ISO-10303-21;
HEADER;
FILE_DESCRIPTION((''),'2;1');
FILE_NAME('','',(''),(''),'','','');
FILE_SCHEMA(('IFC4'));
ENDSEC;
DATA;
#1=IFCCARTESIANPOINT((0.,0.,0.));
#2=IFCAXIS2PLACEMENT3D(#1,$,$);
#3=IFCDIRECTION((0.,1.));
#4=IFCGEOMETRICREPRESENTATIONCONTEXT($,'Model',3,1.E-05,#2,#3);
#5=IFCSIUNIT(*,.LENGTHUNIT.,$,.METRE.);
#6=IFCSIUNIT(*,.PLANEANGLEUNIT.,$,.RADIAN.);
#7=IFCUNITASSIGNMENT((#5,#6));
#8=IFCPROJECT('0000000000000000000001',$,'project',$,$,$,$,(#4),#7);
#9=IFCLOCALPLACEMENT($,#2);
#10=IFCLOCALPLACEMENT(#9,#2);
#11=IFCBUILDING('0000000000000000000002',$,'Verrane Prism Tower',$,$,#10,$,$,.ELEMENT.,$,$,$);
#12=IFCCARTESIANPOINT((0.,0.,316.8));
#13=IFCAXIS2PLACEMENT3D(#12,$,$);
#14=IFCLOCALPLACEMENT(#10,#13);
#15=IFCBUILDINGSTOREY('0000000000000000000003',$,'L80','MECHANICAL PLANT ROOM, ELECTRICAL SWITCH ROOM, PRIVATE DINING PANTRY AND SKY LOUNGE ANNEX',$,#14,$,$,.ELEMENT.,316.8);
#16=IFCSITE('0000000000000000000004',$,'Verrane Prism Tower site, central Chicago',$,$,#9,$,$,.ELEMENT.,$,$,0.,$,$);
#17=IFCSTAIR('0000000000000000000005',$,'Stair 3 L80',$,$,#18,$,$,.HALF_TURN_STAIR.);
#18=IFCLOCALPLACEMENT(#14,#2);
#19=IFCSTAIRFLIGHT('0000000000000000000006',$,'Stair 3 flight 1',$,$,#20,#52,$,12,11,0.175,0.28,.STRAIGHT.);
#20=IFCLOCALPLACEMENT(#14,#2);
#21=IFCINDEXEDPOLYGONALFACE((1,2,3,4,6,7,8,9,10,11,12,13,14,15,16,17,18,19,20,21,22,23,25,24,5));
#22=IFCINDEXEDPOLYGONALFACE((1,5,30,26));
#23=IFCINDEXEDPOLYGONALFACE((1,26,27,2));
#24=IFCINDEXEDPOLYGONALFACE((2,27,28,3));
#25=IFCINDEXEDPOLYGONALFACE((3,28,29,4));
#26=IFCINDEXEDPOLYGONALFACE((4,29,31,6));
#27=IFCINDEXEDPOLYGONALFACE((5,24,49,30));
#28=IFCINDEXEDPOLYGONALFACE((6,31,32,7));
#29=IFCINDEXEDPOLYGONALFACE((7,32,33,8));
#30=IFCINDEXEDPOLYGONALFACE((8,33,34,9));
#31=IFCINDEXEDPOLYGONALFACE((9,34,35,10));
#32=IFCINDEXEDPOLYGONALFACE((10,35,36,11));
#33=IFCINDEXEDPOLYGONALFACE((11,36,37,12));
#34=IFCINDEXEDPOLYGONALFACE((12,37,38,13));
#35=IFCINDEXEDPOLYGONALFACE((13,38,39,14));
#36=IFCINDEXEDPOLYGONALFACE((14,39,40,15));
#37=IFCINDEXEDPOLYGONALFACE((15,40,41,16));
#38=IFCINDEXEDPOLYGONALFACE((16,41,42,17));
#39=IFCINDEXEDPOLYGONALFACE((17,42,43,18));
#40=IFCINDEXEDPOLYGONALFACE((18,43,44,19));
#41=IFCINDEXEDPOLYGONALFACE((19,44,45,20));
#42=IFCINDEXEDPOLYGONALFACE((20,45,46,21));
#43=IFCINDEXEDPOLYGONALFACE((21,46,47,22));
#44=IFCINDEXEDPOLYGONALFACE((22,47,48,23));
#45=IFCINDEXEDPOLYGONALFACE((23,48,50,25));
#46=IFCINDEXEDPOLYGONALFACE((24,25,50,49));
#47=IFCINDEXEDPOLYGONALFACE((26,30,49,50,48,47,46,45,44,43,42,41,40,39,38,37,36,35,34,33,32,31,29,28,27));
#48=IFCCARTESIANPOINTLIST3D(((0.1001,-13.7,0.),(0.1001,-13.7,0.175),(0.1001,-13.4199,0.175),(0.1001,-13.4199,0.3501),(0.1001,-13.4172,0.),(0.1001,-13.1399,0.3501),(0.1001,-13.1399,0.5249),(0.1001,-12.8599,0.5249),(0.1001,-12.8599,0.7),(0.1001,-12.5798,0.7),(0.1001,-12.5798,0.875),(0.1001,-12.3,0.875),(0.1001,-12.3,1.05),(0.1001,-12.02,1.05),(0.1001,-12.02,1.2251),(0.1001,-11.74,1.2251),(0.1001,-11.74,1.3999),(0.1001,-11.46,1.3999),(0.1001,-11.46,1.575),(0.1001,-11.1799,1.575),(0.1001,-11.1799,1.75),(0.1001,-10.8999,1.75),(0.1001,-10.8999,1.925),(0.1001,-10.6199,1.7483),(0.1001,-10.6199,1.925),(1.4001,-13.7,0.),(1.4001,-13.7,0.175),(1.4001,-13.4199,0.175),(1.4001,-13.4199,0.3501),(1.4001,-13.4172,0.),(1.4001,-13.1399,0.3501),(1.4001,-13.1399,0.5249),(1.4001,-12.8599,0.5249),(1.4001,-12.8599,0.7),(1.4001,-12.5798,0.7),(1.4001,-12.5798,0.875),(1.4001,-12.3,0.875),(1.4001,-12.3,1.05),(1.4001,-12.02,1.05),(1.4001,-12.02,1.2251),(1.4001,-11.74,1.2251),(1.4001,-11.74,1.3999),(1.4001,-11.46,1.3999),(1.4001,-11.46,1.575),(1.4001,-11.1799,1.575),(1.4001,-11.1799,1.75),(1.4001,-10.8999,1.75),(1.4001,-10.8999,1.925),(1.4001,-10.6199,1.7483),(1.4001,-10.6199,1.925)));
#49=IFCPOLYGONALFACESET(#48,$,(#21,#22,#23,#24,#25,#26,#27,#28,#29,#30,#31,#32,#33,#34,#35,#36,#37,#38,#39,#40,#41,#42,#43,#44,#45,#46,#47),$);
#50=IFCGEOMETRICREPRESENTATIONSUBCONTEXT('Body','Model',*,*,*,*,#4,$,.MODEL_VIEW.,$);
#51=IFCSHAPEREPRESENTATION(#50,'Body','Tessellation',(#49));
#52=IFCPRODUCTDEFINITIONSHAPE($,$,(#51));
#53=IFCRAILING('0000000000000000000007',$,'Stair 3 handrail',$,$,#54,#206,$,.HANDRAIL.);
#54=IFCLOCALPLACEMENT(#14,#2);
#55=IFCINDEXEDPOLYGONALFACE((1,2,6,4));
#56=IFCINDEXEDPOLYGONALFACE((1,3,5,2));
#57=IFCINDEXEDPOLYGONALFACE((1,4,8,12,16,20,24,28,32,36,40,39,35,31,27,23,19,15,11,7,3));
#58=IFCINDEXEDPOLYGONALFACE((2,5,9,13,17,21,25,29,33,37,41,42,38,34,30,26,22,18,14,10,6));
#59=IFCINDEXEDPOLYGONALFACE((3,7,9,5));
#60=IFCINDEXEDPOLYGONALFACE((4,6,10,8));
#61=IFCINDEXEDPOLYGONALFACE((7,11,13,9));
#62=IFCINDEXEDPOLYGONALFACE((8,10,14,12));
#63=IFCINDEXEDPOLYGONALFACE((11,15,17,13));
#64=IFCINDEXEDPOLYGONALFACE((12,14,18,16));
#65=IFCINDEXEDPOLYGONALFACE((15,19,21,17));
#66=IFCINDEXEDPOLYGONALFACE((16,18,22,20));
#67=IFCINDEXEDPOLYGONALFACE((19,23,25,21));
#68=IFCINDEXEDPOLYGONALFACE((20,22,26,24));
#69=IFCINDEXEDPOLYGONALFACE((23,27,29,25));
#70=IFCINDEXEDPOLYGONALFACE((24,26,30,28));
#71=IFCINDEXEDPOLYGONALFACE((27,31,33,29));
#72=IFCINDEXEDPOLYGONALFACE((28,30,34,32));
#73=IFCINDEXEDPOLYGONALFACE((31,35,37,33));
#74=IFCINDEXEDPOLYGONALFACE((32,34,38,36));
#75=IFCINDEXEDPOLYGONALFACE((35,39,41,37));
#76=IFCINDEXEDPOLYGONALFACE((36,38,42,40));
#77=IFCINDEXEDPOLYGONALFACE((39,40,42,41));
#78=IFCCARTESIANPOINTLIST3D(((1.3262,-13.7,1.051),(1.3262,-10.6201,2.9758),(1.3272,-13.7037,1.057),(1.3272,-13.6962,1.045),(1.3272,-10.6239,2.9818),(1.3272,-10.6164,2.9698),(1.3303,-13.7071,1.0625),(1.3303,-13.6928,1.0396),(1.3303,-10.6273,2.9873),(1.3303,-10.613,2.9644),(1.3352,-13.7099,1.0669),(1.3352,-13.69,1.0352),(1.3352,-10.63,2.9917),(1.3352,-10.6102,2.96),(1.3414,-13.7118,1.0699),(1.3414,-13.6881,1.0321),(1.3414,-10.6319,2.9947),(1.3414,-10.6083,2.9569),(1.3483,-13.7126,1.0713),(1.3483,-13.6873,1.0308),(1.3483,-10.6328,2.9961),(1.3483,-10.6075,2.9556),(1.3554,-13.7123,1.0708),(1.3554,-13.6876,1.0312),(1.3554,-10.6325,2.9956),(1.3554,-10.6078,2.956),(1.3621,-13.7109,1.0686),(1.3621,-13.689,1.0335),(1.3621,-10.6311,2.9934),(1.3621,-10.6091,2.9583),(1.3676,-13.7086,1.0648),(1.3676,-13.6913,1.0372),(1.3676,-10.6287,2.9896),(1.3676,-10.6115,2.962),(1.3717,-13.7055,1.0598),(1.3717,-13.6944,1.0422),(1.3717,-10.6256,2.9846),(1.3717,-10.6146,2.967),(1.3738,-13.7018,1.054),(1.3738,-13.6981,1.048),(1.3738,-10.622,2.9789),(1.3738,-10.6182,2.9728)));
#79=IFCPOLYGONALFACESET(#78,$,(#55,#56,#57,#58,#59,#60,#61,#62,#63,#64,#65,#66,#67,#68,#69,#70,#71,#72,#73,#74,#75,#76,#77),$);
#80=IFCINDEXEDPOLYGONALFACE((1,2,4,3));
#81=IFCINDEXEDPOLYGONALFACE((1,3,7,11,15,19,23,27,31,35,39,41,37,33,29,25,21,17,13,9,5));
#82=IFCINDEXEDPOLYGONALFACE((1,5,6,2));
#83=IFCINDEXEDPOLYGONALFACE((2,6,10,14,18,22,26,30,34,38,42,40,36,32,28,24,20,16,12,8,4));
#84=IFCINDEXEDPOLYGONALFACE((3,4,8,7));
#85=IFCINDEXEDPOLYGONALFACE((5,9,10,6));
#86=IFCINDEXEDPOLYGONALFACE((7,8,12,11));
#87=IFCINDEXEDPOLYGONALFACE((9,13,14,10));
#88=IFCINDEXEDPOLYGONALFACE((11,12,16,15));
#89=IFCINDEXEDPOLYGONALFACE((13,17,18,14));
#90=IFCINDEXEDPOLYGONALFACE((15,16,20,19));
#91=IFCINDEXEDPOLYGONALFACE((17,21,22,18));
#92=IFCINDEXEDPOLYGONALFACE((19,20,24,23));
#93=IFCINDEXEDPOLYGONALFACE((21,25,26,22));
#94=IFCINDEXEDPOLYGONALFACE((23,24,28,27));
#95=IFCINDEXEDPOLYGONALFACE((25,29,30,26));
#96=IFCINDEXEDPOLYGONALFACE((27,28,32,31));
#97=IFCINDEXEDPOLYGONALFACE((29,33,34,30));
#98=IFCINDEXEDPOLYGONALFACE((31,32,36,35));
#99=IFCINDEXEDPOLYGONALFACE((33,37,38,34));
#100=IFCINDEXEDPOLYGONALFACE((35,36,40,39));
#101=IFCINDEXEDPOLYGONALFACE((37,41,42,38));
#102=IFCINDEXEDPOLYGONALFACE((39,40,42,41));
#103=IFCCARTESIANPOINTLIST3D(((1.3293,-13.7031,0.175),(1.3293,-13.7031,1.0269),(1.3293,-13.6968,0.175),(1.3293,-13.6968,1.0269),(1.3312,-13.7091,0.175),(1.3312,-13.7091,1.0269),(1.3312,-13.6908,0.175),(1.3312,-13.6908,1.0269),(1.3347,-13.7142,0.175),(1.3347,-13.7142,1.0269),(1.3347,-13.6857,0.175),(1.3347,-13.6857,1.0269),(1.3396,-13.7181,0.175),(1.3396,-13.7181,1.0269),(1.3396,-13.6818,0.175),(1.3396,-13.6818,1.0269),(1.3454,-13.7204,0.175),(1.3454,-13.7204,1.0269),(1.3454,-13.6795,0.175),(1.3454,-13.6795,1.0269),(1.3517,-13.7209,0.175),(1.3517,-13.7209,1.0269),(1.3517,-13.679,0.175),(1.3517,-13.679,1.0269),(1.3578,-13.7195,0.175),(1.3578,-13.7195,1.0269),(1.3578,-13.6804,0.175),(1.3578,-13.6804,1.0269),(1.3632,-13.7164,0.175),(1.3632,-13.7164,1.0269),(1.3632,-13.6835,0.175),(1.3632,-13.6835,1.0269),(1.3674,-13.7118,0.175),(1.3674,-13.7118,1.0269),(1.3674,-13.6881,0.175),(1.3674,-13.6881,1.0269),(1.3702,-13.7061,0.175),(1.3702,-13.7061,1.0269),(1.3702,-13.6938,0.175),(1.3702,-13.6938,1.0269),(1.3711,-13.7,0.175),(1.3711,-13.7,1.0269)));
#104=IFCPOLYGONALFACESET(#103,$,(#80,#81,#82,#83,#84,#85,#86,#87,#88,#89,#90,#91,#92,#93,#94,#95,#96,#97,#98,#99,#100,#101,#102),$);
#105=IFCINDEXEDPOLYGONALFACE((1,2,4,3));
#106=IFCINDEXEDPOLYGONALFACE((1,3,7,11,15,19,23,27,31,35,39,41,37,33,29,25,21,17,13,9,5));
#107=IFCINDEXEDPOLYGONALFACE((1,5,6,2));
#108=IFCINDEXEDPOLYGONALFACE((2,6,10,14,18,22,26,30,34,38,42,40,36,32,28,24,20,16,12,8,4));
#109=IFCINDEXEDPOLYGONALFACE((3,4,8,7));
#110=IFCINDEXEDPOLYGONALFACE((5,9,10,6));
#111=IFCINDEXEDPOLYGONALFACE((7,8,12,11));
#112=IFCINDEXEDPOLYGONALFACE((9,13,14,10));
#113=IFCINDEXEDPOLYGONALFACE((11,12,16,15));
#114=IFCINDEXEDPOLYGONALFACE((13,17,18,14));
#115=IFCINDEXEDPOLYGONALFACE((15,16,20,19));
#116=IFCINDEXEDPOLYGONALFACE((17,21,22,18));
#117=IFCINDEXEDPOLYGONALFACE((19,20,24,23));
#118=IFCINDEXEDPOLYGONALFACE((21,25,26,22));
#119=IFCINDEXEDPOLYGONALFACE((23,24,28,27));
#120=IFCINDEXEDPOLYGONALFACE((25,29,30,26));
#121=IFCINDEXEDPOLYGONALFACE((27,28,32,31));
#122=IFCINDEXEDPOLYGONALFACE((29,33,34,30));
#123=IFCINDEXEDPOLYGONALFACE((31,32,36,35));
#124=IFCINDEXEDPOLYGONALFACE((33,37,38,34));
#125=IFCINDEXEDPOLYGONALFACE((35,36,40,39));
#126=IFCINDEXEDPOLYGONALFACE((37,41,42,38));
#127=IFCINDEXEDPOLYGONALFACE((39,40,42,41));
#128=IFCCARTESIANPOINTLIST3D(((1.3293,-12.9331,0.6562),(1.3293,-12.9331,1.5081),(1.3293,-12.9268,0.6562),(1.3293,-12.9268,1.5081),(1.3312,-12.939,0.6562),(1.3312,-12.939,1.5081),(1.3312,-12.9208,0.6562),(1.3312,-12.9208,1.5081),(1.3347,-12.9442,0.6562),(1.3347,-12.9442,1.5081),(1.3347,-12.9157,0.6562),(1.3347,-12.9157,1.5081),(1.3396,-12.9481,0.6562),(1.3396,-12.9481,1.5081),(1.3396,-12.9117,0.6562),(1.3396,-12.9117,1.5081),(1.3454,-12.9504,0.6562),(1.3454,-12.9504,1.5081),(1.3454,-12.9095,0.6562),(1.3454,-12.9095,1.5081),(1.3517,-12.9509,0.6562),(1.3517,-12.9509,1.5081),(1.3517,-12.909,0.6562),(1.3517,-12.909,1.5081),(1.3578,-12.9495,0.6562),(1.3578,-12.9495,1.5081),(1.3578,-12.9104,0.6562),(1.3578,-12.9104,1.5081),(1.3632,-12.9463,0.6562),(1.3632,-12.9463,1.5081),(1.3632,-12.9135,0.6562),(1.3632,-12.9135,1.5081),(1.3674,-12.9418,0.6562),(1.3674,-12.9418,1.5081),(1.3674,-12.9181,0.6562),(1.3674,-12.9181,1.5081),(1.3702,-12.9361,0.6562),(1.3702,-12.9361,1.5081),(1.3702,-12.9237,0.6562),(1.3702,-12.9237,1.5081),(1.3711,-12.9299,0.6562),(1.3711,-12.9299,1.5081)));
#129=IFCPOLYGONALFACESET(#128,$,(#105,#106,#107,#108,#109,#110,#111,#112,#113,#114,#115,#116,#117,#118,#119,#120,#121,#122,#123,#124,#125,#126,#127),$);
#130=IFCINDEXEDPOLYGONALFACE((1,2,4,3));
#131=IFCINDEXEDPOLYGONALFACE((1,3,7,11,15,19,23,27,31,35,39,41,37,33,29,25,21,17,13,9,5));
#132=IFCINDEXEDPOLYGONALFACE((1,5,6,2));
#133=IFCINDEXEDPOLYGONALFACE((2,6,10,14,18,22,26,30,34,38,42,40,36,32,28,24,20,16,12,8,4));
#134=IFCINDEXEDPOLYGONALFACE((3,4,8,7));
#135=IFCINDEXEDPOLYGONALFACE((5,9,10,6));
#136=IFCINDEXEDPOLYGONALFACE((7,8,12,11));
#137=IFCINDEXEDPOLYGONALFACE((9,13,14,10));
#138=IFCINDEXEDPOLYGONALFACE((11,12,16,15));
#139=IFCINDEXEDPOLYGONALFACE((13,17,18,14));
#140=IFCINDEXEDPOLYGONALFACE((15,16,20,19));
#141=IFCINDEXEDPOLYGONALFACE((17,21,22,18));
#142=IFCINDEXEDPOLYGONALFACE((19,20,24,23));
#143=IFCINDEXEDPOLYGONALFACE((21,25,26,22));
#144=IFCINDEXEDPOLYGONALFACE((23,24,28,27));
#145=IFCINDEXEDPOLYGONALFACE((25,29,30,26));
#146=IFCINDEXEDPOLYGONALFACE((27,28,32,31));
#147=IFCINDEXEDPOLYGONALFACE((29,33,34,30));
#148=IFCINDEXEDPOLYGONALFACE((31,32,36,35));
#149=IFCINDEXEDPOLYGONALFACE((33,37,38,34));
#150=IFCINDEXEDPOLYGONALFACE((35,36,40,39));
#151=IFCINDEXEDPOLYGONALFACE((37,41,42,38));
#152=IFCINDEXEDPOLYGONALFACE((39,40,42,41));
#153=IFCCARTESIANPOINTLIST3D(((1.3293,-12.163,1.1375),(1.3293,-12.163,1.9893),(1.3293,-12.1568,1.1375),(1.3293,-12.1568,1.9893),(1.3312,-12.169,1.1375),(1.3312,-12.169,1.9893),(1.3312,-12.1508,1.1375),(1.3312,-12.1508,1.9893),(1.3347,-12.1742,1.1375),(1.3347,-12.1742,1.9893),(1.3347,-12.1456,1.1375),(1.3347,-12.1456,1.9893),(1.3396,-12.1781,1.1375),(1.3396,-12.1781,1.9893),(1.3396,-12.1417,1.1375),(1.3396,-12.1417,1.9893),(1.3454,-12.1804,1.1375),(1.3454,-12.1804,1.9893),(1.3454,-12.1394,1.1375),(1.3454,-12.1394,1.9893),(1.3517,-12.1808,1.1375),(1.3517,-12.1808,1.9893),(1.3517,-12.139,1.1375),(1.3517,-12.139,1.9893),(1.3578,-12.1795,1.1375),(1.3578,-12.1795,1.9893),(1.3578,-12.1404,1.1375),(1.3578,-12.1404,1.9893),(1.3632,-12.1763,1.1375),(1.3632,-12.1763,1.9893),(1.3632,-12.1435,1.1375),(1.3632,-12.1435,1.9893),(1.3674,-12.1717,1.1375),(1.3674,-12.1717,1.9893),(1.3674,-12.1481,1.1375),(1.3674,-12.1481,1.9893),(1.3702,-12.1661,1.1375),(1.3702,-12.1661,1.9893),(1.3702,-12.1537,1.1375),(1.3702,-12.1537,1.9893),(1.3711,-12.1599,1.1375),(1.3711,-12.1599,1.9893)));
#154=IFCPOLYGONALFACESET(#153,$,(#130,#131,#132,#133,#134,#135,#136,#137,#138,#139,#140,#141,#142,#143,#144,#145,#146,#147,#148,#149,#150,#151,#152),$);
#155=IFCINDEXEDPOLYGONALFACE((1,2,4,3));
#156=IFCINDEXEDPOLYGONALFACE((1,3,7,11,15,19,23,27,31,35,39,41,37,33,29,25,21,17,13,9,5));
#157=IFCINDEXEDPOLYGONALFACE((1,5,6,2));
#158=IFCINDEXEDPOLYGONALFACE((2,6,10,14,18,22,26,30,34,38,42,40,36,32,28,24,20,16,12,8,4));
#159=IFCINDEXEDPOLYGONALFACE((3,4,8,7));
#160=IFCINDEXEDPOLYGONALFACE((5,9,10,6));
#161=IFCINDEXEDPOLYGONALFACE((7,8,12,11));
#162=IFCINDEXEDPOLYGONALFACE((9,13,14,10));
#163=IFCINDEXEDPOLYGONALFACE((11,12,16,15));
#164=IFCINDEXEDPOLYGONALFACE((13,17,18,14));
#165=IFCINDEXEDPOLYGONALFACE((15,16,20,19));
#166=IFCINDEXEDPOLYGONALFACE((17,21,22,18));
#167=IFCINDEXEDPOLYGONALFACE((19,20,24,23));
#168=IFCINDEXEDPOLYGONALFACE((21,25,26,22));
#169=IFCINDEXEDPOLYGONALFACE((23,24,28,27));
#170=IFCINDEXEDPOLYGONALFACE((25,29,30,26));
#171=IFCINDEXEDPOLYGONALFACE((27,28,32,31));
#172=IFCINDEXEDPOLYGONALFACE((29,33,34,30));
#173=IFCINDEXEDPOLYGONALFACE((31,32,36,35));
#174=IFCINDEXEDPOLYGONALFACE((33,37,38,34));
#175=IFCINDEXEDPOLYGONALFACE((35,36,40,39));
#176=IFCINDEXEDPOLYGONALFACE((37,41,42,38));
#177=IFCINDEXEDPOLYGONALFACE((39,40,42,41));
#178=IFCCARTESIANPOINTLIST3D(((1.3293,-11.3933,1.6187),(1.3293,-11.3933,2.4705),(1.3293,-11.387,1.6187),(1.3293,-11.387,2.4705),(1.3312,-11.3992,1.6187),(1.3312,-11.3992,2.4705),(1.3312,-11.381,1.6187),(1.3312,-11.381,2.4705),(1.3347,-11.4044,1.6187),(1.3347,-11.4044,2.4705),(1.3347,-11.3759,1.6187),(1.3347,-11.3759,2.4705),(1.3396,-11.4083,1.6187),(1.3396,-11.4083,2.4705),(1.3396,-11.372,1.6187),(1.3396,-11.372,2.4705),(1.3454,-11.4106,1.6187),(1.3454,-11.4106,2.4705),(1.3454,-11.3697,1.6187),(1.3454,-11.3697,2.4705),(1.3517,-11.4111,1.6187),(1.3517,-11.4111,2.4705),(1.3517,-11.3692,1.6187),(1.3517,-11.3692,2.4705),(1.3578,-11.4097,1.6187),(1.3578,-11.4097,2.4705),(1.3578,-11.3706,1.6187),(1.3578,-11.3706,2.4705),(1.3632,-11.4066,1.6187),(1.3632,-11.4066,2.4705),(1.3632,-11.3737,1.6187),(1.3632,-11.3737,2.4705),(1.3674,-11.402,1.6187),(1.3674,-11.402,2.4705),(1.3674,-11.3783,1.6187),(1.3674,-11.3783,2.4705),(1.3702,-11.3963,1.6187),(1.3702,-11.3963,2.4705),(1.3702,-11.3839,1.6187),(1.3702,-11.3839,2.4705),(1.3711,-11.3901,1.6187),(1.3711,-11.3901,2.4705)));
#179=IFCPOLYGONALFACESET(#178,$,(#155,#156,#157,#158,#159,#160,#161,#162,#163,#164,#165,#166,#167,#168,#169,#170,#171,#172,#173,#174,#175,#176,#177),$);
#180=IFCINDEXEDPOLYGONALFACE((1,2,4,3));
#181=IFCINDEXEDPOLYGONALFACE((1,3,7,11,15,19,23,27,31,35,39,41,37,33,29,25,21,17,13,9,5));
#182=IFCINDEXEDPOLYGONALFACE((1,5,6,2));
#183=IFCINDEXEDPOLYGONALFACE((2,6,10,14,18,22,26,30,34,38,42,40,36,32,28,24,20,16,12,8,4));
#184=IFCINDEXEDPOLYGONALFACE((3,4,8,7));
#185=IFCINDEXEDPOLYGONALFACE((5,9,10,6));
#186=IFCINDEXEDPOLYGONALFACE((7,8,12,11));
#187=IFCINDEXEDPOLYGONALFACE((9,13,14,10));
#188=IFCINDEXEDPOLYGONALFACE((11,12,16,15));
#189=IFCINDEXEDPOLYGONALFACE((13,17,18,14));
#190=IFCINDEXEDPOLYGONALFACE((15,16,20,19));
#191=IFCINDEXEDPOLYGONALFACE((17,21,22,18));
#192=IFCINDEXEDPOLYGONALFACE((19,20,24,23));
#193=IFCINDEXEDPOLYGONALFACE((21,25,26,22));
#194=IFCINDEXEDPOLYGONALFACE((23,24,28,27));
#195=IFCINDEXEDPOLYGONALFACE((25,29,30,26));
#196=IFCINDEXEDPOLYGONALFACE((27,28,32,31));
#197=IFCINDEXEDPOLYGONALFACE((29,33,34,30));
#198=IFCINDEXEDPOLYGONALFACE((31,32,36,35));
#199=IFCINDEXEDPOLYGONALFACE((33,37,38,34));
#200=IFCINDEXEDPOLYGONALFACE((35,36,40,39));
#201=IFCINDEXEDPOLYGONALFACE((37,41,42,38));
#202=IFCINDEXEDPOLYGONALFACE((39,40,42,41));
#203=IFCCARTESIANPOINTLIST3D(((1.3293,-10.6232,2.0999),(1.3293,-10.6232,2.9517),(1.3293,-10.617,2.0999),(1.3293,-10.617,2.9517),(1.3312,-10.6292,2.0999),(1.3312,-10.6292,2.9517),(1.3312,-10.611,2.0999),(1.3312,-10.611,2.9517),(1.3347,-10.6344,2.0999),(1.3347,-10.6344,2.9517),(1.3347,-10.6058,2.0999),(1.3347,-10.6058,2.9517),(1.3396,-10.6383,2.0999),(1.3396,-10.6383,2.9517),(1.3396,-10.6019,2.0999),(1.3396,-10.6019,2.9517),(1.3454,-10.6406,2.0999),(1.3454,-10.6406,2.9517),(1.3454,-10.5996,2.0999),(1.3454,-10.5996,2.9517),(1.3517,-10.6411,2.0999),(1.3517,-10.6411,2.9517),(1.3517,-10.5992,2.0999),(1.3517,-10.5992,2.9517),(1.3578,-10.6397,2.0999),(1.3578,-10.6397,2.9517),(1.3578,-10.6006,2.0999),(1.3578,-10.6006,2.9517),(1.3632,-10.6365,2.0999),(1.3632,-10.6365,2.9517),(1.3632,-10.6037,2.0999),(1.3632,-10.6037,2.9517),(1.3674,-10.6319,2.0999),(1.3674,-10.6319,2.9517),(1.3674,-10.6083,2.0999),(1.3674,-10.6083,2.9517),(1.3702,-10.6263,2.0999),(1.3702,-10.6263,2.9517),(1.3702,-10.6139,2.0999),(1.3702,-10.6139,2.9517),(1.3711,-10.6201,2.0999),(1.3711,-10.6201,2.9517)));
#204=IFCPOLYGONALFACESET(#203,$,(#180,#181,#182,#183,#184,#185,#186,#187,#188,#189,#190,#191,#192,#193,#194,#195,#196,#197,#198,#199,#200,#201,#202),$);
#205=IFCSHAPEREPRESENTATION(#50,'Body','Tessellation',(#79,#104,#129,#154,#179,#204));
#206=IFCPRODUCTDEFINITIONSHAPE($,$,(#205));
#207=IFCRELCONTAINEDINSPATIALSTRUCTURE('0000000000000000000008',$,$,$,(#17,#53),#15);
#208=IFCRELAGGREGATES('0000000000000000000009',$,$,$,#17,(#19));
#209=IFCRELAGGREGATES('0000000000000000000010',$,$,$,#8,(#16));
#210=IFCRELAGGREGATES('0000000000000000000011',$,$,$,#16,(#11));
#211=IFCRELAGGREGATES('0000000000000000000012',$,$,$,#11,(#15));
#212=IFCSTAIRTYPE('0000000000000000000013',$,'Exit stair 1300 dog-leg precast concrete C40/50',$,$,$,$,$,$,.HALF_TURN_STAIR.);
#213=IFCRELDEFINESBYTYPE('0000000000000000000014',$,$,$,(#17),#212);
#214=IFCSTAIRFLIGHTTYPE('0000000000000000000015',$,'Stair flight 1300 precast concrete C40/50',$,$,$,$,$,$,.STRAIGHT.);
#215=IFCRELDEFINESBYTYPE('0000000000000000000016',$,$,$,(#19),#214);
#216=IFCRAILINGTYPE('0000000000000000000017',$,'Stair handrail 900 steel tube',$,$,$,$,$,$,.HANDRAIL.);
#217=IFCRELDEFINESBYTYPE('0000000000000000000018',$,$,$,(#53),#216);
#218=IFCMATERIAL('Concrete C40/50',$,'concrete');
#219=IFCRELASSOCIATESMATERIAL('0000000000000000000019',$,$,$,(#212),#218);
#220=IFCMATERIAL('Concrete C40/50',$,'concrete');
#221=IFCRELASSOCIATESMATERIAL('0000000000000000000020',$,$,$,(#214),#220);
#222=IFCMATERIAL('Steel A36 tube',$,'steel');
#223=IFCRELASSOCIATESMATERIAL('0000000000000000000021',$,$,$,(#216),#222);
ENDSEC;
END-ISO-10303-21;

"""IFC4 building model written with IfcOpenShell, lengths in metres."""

from ifc_helpers import new_model, si_unit, direction, frame, origin, origin_2d, place, context, subcontext, project, spatial, polyline, circle, outline, extrude, material, type_object, element, aggregate, save


model = new_model("IFC4")

# Units and contexts
model_context = context("Model", 3, precision=1e-05, world=origin(), true_north=direction((0.0, 1.0)))
body_context = subcontext(model_context, "Body", "Model", "MODEL_VIEW")
ifc_project = project(units=[si_unit("LENGTHUNIT", "METRE"), si_unit("PLANEANGLEUNIT", "RADIAN")], contexts=[model_context])

# Site, building, storey
site_placement = place(None, origin())
site = spatial("IfcSite", under=ifc_project, at=site_placement, Name="Verrane Prism Tower site, central Chicago", CompositionType="ELEMENT", RefElevation=0.0)
building_placement = place(site_placement, origin())
building = spatial("IfcBuilding", under=site, at=building_placement, Name="Verrane Prism Tower", CompositionType="ELEMENT")
storey_placement = place(building_placement, frame((0.0, 0.0, 316.8)))
storey = spatial("IfcBuildingStorey", under=building, at=storey_placement, Name="L80", Description="MECHANICAL PLANT ROOM, ELECTRICAL SWITCH ROOM, PRIVATE DINING PANTRY AND SKY LOUNGE ANNEX", CompositionType="ELEMENT", Elevation=316.8)

# Stair, stair flight
ifc_material_1 = material(Name="Concrete C40/50", Category="concrete")
stair_type = type_object("IfcStairType", Name="Exit stair 1300 dog-leg precast concrete C40/50", PredefinedType="HALF_TURN_STAIR", material=ifc_material_1)
stair_placement = place(storey_placement, origin())
stair = element("IfcStair", 1, at=stair_placement, inside=storey, type_object=stair_type, Name="Stair 3 L80", PredefinedType="HALF_TURN_STAIR")
ifc_material_2 = material(Name="Concrete C40/50", Category="concrete")
stair_flight_type = type_object("IfcStairFlightType", Name="Stair flight 1300 precast concrete C40/50", PredefinedType="STRAIGHT", material=ifc_material_2)
stair_flight_placement = place(storey_placement, frame((0.75, -13.7, 0.0), z_axis=(0.0, 0.0, 1.0), x_axis=(0.0, 1.0, 0.0)))
stair_flight = element("IfcStairFlight", 2, at=stair_flight_placement, type_object=stair_flight_type, Name="Stair 3 flight 1", NumberOfRisers=12, NumberOfTreads=11, PredefinedType="STRAIGHT", RiserHeight=0.175, TreadLength=0.28, context=body_context, shape_type="SweptSolid", body=[
    extrude(outline(polyline([(0.0, 0.0), (0.0, 0.175), (0.28, 0.175), (0.28, 0.3501), (0.5601, 0.3501), (0.5601, 0.5249), (0.8401, 0.5249), (0.8401, 0.7), (1.1201, 0.7), (1.1201, 0.875), (1.3999, 0.875), (1.3999, 1.05), (1.6799, 1.05), (1.6799, 1.2251), (1.96, 1.2251), (1.96, 1.3999), (2.24, 1.3999), (2.24, 1.575), (2.52, 1.575), (2.52, 1.75), (2.8, 1.75), (2.8, 1.925), (3.0801, 1.925), (3.0801, 2.1001), (3.0801, 1.7483), (0.2827, 0.0), (0.0, 0.0)])), frame((0.0, 0.6499, 0.0), z_axis=(0.0, -1.0, 0.0), x_axis=(1.0, 0.0, 0.0)), (0.0, 0.0, 1.0), 1.3),
])
aggregate(stair, [stair_flight])

# Railing
ifc_material_3 = material(Name="Steel A36 tube", Category="steel")
railing_type_1 = type_object("IfcRailingType", Name="Stair handrail 900 steel tube", PredefinedType="HANDRAIL", material=ifc_material_3)
railing_1_placement = place(storey_placement, frame((1.3501, -13.7, 0.175)))
element("IfcRailing", 3, at=railing_1_placement, inside=storey, type_object=railing_type_1, Name="Stair 3 handrail", PredefinedType="HANDRAIL", context=body_context, shape_type="SweptSolid", body=[
    extrude(circle(Radius=0.0239, at=origin_2d()), frame((0.0, 0.0, 0.876), z_axis=(0.0, 0.84801, 0.529981), x_axis=(-1.0, 0.0, 0.0)), (0.0, 0.0, 1.0), 3.6318),
    extrude(circle(Radius=0.021, at=origin_2d()), origin(), (0.0, 0.0, 1.0), 0.8518),
    extrude(circle(Radius=0.021, at=origin_2d()), frame((0.0, 0.77, 0.4812)), (0.0, 0.0, 1.0), 0.8518),
    extrude(circle(Radius=0.021, at=origin_2d()), frame((0.0, 1.54, 0.9624)), (0.0, 0.0, 1.0), 0.8518),
    extrude(circle(Radius=0.021, at=origin_2d()), frame((0.0, 2.3098, 1.4436)), (0.0, 0.0, 1.0), 0.8518),
    extrude(circle(Radius=0.021, at=origin_2d()), frame((0.0, 3.0798, 1.9248)), (0.0, 0.0, 1.0), 0.8518),
])

save(model, "model.ifc")
